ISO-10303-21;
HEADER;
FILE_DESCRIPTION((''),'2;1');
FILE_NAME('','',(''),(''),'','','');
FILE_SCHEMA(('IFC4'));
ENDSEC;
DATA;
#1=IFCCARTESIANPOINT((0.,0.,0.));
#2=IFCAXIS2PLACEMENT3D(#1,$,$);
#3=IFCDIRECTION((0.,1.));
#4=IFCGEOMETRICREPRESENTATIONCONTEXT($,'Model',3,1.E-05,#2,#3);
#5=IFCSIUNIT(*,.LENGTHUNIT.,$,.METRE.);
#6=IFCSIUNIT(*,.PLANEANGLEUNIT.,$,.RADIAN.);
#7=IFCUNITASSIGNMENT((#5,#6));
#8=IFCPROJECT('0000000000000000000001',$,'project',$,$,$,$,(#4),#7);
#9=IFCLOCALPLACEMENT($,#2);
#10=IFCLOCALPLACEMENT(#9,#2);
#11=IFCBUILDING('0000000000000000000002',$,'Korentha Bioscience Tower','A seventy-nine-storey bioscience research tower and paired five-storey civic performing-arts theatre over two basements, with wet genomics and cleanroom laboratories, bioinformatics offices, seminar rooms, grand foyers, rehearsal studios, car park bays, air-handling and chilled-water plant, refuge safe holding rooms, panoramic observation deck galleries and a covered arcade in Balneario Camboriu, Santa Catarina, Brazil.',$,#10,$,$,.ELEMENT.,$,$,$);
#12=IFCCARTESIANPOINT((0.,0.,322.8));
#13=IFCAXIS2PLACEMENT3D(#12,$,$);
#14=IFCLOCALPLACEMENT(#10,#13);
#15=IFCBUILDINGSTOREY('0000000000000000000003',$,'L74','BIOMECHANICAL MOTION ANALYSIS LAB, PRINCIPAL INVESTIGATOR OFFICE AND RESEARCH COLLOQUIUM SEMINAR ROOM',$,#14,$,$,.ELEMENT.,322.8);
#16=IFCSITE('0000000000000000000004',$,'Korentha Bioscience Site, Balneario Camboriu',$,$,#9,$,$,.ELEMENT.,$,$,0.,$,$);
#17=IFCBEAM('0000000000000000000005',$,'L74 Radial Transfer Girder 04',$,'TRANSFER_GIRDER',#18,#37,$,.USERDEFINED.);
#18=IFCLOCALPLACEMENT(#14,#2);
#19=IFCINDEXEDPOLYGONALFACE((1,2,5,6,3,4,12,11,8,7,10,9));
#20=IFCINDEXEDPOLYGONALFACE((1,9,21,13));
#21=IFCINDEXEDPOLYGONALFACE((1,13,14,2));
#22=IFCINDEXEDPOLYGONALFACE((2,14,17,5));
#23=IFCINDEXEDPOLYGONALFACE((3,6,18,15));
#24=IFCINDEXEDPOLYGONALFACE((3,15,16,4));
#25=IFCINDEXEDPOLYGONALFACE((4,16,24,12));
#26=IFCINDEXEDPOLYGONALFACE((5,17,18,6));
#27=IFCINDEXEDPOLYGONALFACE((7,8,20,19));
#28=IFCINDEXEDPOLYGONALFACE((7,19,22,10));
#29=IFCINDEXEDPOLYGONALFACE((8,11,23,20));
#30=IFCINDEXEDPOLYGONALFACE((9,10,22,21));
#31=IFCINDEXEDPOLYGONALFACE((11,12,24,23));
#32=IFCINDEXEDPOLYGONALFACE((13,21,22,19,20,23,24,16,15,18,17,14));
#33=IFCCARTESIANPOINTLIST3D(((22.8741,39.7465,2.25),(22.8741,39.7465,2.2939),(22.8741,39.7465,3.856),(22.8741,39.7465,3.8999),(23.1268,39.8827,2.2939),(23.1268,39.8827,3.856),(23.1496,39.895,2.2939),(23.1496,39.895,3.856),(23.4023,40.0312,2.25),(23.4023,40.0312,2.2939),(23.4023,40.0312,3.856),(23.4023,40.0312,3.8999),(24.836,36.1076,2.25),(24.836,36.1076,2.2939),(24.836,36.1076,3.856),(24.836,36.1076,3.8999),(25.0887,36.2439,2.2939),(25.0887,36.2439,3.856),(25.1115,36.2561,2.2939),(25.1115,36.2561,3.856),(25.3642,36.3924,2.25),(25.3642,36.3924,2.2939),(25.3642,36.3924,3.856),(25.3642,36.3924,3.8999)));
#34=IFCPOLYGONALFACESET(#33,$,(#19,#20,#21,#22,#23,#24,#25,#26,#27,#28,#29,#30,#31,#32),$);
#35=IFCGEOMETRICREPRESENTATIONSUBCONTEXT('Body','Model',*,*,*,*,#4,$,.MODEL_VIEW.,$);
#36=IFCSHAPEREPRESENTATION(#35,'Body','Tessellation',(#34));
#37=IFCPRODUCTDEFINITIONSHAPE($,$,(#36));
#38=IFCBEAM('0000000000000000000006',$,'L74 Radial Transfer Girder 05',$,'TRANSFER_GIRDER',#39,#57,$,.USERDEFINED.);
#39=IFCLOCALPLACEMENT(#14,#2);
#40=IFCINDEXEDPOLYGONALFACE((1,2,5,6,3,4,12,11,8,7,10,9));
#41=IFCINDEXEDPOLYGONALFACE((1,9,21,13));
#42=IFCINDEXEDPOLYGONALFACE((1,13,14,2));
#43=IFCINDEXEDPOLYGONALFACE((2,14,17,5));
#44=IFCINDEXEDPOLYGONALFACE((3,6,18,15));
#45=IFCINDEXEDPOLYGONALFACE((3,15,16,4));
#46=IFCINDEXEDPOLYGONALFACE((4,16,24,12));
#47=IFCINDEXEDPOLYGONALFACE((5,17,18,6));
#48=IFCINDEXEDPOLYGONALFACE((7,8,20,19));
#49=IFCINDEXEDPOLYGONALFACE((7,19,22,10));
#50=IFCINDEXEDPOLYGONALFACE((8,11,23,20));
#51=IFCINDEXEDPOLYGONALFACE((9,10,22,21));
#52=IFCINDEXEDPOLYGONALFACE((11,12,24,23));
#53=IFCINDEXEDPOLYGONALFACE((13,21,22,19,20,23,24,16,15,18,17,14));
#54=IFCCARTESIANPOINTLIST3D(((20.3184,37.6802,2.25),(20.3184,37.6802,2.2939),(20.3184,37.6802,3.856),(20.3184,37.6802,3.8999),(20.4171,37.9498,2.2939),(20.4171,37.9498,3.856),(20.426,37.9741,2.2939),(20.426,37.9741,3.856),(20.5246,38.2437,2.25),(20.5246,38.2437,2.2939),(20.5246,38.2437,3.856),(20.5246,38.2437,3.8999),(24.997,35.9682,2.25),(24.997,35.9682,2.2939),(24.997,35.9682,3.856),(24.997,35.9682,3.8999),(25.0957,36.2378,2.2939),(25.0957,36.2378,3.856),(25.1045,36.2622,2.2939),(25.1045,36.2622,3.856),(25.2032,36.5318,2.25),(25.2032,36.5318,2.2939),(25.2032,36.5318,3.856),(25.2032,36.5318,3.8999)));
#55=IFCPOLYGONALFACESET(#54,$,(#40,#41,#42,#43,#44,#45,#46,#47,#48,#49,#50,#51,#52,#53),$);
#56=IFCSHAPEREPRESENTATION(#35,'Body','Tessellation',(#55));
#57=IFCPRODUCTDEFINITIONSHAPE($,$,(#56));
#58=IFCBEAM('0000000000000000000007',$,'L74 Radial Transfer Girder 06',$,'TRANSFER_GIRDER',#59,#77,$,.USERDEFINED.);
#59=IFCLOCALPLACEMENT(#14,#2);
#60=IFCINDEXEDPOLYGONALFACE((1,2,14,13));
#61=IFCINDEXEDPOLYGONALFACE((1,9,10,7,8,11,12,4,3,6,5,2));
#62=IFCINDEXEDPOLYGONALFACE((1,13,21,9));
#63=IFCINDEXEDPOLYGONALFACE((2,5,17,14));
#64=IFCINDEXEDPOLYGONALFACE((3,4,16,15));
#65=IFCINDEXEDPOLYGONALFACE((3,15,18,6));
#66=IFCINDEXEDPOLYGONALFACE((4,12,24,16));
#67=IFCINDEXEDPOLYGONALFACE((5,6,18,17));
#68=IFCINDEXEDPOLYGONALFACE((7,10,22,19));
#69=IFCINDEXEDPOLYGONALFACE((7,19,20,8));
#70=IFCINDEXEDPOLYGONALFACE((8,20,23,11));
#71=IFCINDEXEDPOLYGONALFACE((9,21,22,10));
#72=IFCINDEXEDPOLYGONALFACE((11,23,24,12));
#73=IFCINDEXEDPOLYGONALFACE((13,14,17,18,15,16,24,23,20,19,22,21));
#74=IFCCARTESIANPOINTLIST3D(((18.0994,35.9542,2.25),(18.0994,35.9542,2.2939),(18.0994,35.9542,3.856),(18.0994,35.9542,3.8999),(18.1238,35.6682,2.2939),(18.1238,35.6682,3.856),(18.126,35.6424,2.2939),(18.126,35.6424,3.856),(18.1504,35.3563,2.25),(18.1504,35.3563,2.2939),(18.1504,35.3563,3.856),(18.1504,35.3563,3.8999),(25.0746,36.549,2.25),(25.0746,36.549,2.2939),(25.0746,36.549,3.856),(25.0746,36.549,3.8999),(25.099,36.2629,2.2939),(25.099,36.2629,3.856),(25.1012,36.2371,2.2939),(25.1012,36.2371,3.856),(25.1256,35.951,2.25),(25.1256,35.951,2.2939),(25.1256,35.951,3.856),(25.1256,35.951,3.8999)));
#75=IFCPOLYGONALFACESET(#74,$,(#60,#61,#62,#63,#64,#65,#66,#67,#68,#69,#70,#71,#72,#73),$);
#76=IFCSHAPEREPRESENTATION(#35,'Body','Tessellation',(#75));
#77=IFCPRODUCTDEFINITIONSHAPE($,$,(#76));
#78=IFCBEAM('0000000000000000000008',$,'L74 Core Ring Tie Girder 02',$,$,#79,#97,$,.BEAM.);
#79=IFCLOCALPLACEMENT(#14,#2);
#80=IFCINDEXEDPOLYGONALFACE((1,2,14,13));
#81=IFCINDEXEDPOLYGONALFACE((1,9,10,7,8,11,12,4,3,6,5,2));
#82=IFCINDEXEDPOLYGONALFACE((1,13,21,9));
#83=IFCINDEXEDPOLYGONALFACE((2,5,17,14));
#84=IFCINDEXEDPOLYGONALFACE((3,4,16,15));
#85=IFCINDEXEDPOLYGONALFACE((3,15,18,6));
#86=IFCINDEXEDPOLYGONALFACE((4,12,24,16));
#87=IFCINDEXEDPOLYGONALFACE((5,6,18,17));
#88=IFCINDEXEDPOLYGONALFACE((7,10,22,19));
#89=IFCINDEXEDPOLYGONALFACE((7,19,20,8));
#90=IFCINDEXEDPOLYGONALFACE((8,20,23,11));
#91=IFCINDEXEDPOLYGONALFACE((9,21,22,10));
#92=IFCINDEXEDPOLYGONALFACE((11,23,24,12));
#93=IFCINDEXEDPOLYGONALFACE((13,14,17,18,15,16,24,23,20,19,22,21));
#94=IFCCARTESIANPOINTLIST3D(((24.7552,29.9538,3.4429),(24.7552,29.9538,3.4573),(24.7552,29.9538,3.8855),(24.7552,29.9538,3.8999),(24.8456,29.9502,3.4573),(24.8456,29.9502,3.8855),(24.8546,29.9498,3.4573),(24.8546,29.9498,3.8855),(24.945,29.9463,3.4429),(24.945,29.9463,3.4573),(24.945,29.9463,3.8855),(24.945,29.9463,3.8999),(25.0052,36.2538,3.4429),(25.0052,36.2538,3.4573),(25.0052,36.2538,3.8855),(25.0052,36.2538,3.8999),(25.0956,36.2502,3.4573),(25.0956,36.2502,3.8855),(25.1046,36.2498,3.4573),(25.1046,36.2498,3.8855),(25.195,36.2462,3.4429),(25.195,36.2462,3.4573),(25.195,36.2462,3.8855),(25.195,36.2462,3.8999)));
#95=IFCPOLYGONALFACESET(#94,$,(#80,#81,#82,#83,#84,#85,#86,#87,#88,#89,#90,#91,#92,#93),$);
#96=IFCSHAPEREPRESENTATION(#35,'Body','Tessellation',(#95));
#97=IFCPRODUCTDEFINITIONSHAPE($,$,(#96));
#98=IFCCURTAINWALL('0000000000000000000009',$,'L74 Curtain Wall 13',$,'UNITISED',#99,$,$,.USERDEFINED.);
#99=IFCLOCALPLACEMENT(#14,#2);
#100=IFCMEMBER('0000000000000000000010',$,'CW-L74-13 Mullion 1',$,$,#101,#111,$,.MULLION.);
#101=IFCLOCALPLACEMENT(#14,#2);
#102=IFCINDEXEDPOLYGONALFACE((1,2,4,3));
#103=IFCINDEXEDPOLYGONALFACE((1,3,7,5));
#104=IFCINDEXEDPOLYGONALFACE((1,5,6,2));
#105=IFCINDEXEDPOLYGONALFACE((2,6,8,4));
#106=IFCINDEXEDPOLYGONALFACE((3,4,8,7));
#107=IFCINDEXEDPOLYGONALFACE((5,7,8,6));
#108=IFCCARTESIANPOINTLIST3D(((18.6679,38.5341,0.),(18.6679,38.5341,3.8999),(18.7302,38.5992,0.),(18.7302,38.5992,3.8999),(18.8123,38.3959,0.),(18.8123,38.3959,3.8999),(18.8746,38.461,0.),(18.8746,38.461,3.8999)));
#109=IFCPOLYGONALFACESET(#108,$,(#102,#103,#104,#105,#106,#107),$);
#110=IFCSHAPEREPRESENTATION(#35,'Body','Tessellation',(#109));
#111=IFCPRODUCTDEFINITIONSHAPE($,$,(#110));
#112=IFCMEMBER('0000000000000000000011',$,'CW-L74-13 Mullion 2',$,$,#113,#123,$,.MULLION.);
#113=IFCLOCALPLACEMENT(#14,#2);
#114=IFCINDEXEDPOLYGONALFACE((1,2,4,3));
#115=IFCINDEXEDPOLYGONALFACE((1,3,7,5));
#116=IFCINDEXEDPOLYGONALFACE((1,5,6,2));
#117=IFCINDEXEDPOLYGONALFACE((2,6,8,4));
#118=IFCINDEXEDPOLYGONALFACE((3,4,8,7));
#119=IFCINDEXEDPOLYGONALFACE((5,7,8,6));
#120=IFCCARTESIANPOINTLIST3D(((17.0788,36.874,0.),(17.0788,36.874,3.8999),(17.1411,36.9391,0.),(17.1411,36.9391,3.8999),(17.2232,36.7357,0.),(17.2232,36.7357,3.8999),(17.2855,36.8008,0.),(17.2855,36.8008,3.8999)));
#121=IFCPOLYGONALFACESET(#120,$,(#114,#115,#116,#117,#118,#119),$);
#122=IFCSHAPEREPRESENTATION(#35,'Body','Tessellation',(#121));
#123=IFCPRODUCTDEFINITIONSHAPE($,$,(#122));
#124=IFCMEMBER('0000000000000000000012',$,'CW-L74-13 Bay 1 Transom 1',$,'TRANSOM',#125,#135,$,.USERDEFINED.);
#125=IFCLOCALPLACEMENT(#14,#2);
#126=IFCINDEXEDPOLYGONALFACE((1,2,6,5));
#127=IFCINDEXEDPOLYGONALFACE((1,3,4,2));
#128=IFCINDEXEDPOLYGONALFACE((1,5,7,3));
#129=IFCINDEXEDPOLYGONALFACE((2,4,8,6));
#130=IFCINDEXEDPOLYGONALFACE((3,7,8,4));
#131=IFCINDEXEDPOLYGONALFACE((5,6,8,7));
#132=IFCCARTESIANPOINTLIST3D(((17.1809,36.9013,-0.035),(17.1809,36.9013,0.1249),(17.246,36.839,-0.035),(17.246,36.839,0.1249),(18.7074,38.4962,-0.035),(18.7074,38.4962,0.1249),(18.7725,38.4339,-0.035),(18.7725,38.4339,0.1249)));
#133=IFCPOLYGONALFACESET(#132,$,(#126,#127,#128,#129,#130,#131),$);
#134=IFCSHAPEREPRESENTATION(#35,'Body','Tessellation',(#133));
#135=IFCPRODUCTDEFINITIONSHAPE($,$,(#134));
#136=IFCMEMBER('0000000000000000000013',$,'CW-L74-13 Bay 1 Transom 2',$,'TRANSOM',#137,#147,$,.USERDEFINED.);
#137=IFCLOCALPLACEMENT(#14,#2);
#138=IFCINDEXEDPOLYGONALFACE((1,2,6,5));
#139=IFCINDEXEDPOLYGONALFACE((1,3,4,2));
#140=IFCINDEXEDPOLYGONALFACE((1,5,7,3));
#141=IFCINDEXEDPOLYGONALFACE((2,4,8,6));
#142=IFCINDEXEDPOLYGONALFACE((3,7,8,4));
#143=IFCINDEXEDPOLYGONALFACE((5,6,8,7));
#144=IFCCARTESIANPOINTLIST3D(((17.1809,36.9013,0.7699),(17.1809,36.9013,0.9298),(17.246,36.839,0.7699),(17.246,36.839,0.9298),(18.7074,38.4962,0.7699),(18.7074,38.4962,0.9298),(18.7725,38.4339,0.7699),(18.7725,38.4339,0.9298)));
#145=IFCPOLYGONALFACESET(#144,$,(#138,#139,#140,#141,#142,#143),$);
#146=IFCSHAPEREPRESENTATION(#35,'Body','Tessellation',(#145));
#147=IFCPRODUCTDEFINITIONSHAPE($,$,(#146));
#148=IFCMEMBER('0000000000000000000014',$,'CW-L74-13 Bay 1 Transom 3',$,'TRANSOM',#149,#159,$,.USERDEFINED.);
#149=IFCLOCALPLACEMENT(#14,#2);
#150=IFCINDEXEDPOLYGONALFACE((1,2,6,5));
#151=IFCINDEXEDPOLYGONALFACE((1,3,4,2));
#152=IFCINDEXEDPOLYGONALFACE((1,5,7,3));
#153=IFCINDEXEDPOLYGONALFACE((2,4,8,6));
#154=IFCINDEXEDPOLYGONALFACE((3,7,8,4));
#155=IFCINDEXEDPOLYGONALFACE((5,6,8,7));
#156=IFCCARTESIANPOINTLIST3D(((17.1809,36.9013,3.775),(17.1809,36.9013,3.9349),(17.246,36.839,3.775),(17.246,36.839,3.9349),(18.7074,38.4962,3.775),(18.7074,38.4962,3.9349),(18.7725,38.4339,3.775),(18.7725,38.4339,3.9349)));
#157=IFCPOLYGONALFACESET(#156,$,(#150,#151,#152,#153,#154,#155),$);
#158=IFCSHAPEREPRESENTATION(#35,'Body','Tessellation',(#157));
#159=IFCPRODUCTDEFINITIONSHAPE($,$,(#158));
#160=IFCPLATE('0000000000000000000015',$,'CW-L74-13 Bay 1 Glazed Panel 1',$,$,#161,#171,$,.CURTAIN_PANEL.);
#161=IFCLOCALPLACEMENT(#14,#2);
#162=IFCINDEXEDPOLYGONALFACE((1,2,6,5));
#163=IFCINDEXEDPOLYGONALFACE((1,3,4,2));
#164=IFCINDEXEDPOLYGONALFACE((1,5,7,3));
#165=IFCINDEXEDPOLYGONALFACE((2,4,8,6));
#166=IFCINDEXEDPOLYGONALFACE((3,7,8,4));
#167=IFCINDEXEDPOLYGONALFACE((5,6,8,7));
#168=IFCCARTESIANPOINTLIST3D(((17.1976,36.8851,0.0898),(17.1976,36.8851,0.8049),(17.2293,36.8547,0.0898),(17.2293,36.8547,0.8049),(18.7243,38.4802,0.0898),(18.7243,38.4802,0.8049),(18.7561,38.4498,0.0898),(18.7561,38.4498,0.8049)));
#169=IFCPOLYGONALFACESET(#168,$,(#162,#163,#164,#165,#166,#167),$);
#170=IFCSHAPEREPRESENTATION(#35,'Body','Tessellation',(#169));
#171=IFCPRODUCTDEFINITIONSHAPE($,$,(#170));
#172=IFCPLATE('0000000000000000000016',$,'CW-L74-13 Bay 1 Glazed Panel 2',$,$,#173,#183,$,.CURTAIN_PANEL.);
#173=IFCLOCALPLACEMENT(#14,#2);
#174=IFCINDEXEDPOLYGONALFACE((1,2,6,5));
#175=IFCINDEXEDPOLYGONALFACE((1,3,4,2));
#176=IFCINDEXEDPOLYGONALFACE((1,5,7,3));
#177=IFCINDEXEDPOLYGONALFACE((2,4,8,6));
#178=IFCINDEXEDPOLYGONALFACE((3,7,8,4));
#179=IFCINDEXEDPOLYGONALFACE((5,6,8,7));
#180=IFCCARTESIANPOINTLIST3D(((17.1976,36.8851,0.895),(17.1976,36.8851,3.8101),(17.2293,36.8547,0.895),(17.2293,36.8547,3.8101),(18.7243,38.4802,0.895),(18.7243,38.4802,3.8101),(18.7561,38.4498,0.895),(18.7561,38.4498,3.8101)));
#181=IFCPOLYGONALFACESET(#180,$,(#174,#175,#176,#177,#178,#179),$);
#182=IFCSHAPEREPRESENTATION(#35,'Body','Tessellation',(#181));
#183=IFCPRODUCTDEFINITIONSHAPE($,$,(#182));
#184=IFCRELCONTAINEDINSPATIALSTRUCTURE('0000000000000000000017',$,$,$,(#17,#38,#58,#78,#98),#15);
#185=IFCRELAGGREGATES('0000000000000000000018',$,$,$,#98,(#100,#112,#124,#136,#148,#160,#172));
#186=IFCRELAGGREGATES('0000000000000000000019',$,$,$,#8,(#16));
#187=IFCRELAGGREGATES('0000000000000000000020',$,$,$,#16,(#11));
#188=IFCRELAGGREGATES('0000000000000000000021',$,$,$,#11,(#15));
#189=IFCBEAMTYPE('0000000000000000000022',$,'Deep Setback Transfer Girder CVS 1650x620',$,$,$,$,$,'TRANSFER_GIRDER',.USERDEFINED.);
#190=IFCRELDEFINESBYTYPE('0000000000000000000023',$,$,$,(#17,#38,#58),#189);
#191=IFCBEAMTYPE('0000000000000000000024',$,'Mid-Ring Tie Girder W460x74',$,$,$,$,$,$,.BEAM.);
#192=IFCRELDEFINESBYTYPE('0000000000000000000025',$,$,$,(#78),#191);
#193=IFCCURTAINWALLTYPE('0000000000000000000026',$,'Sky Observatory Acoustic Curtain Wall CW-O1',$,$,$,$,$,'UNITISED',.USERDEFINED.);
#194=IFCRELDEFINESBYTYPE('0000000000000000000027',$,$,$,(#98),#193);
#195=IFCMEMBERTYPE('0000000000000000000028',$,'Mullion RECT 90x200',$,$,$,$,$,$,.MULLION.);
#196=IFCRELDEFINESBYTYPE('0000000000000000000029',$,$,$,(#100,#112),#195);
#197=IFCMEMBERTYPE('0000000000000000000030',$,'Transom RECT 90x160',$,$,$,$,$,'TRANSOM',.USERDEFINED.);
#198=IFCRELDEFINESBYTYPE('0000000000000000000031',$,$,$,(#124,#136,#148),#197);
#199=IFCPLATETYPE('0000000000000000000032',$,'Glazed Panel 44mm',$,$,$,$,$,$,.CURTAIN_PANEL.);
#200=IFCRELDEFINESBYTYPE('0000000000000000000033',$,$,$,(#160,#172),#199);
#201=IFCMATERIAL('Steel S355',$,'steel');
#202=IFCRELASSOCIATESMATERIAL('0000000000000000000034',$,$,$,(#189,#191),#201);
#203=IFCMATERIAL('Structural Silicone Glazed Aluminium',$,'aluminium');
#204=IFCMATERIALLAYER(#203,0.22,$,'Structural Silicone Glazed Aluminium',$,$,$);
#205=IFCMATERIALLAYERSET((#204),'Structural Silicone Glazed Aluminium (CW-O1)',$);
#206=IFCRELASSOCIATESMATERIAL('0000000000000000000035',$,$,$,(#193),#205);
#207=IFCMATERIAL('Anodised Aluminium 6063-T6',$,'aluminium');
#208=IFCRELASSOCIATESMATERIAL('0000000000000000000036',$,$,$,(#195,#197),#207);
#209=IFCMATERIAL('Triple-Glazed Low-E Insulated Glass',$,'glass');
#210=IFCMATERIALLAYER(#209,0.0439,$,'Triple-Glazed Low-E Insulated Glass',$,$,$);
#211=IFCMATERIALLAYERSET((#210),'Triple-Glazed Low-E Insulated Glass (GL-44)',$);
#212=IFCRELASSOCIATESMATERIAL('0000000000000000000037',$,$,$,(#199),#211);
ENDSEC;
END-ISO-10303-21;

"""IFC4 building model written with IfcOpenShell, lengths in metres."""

from ifc_helpers import new_model, si_unit, direction, frame, origin, origin_2d, place, context, subcontext, project, spatial, rectangle, i_section, extrude, material, layer, layer_set, material_profile, profile_set, type_object, element, aggregate, save


model = new_model("IFC4")

# Units and contexts
model_context = context("Model", 3, precision=1e-05, world=origin(), true_north=direction((0.0, 1.0)))
body_context = subcontext(model_context, "Body", "Model", "MODEL_VIEW")
ifc_project = project(units=[si_unit("LENGTHUNIT", "METRE"), si_unit("PLANEANGLEUNIT", "RADIAN")], contexts=[model_context])

# Site, building, storey
site_placement = place(None, origin())
site = spatial("IfcSite", under=ifc_project, at=site_placement, Name="Korentha Bioscience Site, Balneario Camboriu", CompositionType="ELEMENT", RefElevation=0.0)
building_placement = place(site_placement, origin())
building = spatial("IfcBuilding", under=site, at=building_placement, Name="Korentha Bioscience Tower", Description="A seventy-nine-storey bioscience research tower and paired five-storey civic performing-arts theatre over two basements, with wet genomics and cleanroom laboratories, bioinformatics offices, seminar rooms, grand foyers, rehearsal studios, car park bays, air-handling and chilled-water plant, refuge safe holding rooms, panoramic observation deck galleries and a covered arcade in Balneario Camboriu, Santa Catarina, Brazil.", CompositionType="ELEMENT")
storey_placement = place(building_placement, frame((0.0, 0.0, 322.8)))
storey = spatial("IfcBuildingStorey", under=building, at=storey_placement, Name="L74", Description="BIOMECHANICAL MOTION ANALYSIS LAB, PRINCIPAL INVESTIGATOR OFFICE AND RESEARCH COLLOQUIUM SEMINAR ROOM", CompositionType="ELEMENT", Elevation=322.8)

# Beams
ifc_material_1 = material(Name="Steel S355", Category="steel")
ifc_material_profile_1 = material_profile(ifc_material_1, i_section(OverallWidth=0.6001, OverallDepth=1.6499, WebThickness=0.0259, FlangeThickness=0.0439, at=origin_2d()), Name="Steel S355")
ifc_profile_set_1 = profile_set([ifc_material_profile_1], Name="Steel S355 (TG-04)")
beam_type_1 = type_object("IfcBeamType", Name="Deep Setback Transfer Girder CVS 1650x620", ElementType="TRANSFER_GIRDER", PredefinedType="USERDEFINED", material=ifc_profile_set_1)
beam_1_placement = place(storey_placement, frame((25.1001, 36.25, 3.075), z_axis=(-0.474568, 0.880219, 0.0), x_axis=(-0.880219, -0.474568, 0.0)))
element("IfcBeam", 1, at=beam_1_placement, inside=storey, type_object=beam_type_1, Name="L74 Radial Transfer Girder 04", ObjectType="TRANSFER_GIRDER", PredefinedType="USERDEFINED", context=body_context, shape_type="SweptSolid", body=[
    extrude(i_section(OverallWidth=0.6001, OverallDepth=1.6499, WebThickness=0.0259, FlangeThickness=0.0439, at=origin_2d()), origin(), (0.0, 0.0, 1.0), 4.134),
])
beam_2_placement = place(storey_placement, frame((25.1001, 36.25, 3.075), z_axis=(-0.939105, 0.343631, 0.0), x_axis=(-0.343631, -0.939105, 0.0)))
element("IfcBeam", 2, at=beam_2_placement, inside=storey, type_object=beam_type_1, Name="L74 Radial Transfer Girder 05", ObjectType="TRANSFER_GIRDER", PredefinedType="USERDEFINED", context=body_context, shape_type="SweptSolid", body=[
    extrude(i_section(OverallWidth=0.6001, OverallDepth=1.6499, WebThickness=0.0259, FlangeThickness=0.0439, at=origin_2d()), origin(), (0.0, 0.0, 1.0), 4.9819),
])
beam_3_placement = place(storey_placement, frame((25.1001, 36.25, 3.075), z_axis=(-0.996385, -0.084956, 0.0), x_axis=(0.084956, -0.996385, 0.0)))
element("IfcBeam", 3, at=beam_3_placement, inside=storey, type_object=beam_type_1, Name="L74 Radial Transfer Girder 06", ObjectType="TRANSFER_GIRDER", PredefinedType="USERDEFINED", context=body_context, shape_type="SweptSolid", body=[
    extrude(i_section(OverallWidth=0.6001, OverallDepth=1.6499, WebThickness=0.0259, FlangeThickness=0.0439, at=origin_2d()), origin(), (0.0, 0.0, 1.0), 7.0005),
])
ifc_material_profile_2 = material_profile(ifc_material_1, i_section(OverallWidth=0.1899, OverallDepth=0.457, WebThickness=0.009, FlangeThickness=0.0144, at=origin_2d()), Name="Steel S355")
ifc_profile_set_2 = profile_set([ifc_material_profile_2], Name="Steel S355 (MB-460)")
beam_type_2 = type_object("IfcBeamType", Name="Mid-Ring Tie Girder W460x74", PredefinedType="BEAM", material=ifc_profile_set_2)
beam_4_placement = place(storey_placement, frame((25.1001, 36.25, 3.6714), z_axis=(-0.039651, -0.999214, 0.0), x_axis=(0.999214, -0.039651, 0.0)))
element("IfcBeam", 4, at=beam_4_placement, inside=storey, type_object=beam_type_2, Name="L74 Core Ring Tie Girder 02", PredefinedType="BEAM", context=body_context, shape_type="SweptSolid", body=[
    extrude(i_section(OverallWidth=0.1899, OverallDepth=0.457, WebThickness=0.009, FlangeThickness=0.0144, at=origin_2d()), origin(), (0.0, 0.0, 1.0), 6.3049),
])

# Curtain wall, members, plates
ifc_material_2 = material(Name="Structural Silicone Glazed Aluminium", Category="aluminium")
ifc_layer_1 = layer(ifc_material_2, 0.22, Name="Structural Silicone Glazed Aluminium")
ifc_layer_set_1 = layer_set([ifc_layer_1], Name="Structural Silicone Glazed Aluminium (CW-O1)")
curtain_wall_type = type_object("IfcCurtainWallType", Name="Sky Observatory Acoustic Curtain Wall CW-O1", ElementType="UNITISED", PredefinedType="USERDEFINED", material=ifc_layer_set_1)
curtain_wall_placement = place(storey_placement, origin())
curtain_wall = element("IfcCurtainWall", 5, at=curtain_wall_placement, inside=storey, type_object=curtain_wall_type, Name="L74 Curtain Wall 13", ObjectType="UNITISED", PredefinedType="USERDEFINED")
ifc_material_3 = material(Name="Anodised Aluminium 6063-T6", Category="aluminium")
ifc_material_profile_3 = material_profile(ifc_material_3, rectangle(XDim=0.0901, YDim=0.2, at=origin_2d()), Name="Anodised Aluminium 6063-T6")
ifc_profile_set_3 = profile_set([ifc_material_profile_3], Name="Anodised Aluminium 6063-T6 (CW-MUL)")
member_type_1 = type_object("IfcMemberType", Name="Mullion RECT 90x200", PredefinedType="MULLION", material=ifc_profile_set_3)
member_1_placement = place(storey_placement, frame((18.7712, 38.4976, 0.0), z_axis=(0.0, 0.0, 1.0), x_axis=(-0.691464, -0.722411, 0.0)))
member_1 = element("IfcMember", 6, at=member_1_placement, type_object=member_type_1, Name="CW-L74-13 Mullion 1", PredefinedType="MULLION", context=body_context, shape_type="SweptSolid", body=[
    extrude(rectangle(XDim=0.0901, YDim=0.2, at=origin_2d()), origin(), (0.0, 0.0, 1.0), 3.8999),
])
member_2_placement = place(storey_placement, frame((17.1821, 36.8374, 0.0), z_axis=(0.0, 0.0, 1.0), x_axis=(-0.691464, -0.722411, 0.0)))
member_2 = element("IfcMember", 7, at=member_2_placement, type_object=member_type_1, Name="CW-L74-13 Mullion 2", PredefinedType="MULLION", context=body_context, shape_type="SweptSolid", body=[
    extrude(rectangle(XDim=0.0901, YDim=0.2, at=origin_2d()), origin(), (0.0, 0.0, 1.0), 3.8999),
])
ifc_material_profile_4 = material_profile(ifc_material_3, rectangle(XDim=0.0901, YDim=0.1599, at=origin_2d()), Name="Anodised Aluminium 6063-T6")
ifc_profile_set_4 = profile_set([ifc_material_profile_4], Name="Anodised Aluminium 6063-T6 (CW-TRN)")
member_type_2 = type_object("IfcMemberType", Name="Transom RECT 90x160", ElementType="TRANSOM", PredefinedType="USERDEFINED", material=ifc_profile_set_4)
member_3_placement = place(storey_placement, frame((18.74, 38.4651, 0.0449), z_axis=(-0.691456, -0.722418, 0.0), x_axis=(0.722418, -0.691456, 0.0)))
member_3 = element("IfcMember", 8, at=member_3_placement, type_object=member_type_2, Name="CW-L74-13 Bay 1 Transom 1", ObjectType="TRANSOM", PredefinedType="USERDEFINED", context=body_context, shape_type="SweptSolid", body=[
    extrude(rectangle(XDim=0.0901, YDim=0.1599, at=origin_2d()), origin(), (0.0, 0.0, 1.0), 2.2078),
])
member_4_placement = place(storey_placement, frame((18.74, 38.4651, 0.8499), z_axis=(-0.691456, -0.722418, 0.0), x_axis=(0.722418, -0.691456, 0.0)))
member_4 = element("IfcMember", 9, at=member_4_placement, type_object=member_type_2, Name="CW-L74-13 Bay 1 Transom 2", ObjectType="TRANSOM", PredefinedType="USERDEFINED", context=body_context, shape_type="SweptSolid", body=[
    extrude(rectangle(XDim=0.0901, YDim=0.1599, at=origin_2d()), origin(), (0.0, 0.0, 1.0), 2.2078),
])
member_5_placement = place(storey_placement, frame((18.74, 38.4651, 3.855), z_axis=(-0.691456, -0.722418, 0.0), x_axis=(0.722418, -0.691456, 0.0)))
member_5 = element("IfcMember", 10, at=member_5_placement, type_object=member_type_2, Name="CW-L74-13 Bay 1 Transom 3", ObjectType="TRANSOM", PredefinedType="USERDEFINED", context=body_context, shape_type="SweptSolid", body=[
    extrude(rectangle(XDim=0.0901, YDim=0.1599, at=origin_2d()), origin(), (0.0, 0.0, 1.0), 2.2078),
])
ifc_material_4 = material(Name="Triple-Glazed Low-E Insulated Glass", Category="glass")
ifc_layer_2 = layer(ifc_material_4, 0.0439, Name="Triple-Glazed Low-E Insulated Glass")
ifc_layer_set_2 = layer_set([ifc_layer_2], Name="Triple-Glazed Low-E Insulated Glass (GL-44)")
plate_type = type_object("IfcPlateType", Name="Glazed Panel 44mm", PredefinedType="CURTAIN_PANEL", material=ifc_layer_set_2)
plate_1_placement = place(storey_placement, frame((17.9768, 37.6675, 0.0898), z_axis=(0.0, 0.0, 1.0), x_axis=(-0.691464, -0.722411, 0.0)))
plate_1 = element("IfcPlate", 11, at=plate_1_placement, type_object=plate_type, Name="CW-L74-13 Bay 1 Glazed Panel 1", PredefinedType="CURTAIN_PANEL", context=body_context, shape_type="SweptSolid", body=[
    extrude(rectangle(XDim=2.208, YDim=0.0439, at=origin_2d()), origin(), (0.0, 0.0, 1.0), 0.7151),
])
plate_2_placement = place(storey_placement, frame((17.9768, 37.6675, 0.895), z_axis=(0.0, 0.0, 1.0), x_axis=(-0.691464, -0.722411, 0.0)))
plate_2 = element("IfcPlate", 12, at=plate_2_placement, type_object=plate_type, Name="CW-L74-13 Bay 1 Glazed Panel 2", PredefinedType="CURTAIN_PANEL", context=body_context, shape_type="SweptSolid", body=[
    extrude(rectangle(XDim=2.208, YDim=0.0439, at=origin_2d()), origin(), (0.0, 0.0, 1.0), 2.915),
])
aggregate(curtain_wall, [member_1, member_2, member_3, member_4, member_5, plate_1, plate_2])

save(model, "model.ifc")
